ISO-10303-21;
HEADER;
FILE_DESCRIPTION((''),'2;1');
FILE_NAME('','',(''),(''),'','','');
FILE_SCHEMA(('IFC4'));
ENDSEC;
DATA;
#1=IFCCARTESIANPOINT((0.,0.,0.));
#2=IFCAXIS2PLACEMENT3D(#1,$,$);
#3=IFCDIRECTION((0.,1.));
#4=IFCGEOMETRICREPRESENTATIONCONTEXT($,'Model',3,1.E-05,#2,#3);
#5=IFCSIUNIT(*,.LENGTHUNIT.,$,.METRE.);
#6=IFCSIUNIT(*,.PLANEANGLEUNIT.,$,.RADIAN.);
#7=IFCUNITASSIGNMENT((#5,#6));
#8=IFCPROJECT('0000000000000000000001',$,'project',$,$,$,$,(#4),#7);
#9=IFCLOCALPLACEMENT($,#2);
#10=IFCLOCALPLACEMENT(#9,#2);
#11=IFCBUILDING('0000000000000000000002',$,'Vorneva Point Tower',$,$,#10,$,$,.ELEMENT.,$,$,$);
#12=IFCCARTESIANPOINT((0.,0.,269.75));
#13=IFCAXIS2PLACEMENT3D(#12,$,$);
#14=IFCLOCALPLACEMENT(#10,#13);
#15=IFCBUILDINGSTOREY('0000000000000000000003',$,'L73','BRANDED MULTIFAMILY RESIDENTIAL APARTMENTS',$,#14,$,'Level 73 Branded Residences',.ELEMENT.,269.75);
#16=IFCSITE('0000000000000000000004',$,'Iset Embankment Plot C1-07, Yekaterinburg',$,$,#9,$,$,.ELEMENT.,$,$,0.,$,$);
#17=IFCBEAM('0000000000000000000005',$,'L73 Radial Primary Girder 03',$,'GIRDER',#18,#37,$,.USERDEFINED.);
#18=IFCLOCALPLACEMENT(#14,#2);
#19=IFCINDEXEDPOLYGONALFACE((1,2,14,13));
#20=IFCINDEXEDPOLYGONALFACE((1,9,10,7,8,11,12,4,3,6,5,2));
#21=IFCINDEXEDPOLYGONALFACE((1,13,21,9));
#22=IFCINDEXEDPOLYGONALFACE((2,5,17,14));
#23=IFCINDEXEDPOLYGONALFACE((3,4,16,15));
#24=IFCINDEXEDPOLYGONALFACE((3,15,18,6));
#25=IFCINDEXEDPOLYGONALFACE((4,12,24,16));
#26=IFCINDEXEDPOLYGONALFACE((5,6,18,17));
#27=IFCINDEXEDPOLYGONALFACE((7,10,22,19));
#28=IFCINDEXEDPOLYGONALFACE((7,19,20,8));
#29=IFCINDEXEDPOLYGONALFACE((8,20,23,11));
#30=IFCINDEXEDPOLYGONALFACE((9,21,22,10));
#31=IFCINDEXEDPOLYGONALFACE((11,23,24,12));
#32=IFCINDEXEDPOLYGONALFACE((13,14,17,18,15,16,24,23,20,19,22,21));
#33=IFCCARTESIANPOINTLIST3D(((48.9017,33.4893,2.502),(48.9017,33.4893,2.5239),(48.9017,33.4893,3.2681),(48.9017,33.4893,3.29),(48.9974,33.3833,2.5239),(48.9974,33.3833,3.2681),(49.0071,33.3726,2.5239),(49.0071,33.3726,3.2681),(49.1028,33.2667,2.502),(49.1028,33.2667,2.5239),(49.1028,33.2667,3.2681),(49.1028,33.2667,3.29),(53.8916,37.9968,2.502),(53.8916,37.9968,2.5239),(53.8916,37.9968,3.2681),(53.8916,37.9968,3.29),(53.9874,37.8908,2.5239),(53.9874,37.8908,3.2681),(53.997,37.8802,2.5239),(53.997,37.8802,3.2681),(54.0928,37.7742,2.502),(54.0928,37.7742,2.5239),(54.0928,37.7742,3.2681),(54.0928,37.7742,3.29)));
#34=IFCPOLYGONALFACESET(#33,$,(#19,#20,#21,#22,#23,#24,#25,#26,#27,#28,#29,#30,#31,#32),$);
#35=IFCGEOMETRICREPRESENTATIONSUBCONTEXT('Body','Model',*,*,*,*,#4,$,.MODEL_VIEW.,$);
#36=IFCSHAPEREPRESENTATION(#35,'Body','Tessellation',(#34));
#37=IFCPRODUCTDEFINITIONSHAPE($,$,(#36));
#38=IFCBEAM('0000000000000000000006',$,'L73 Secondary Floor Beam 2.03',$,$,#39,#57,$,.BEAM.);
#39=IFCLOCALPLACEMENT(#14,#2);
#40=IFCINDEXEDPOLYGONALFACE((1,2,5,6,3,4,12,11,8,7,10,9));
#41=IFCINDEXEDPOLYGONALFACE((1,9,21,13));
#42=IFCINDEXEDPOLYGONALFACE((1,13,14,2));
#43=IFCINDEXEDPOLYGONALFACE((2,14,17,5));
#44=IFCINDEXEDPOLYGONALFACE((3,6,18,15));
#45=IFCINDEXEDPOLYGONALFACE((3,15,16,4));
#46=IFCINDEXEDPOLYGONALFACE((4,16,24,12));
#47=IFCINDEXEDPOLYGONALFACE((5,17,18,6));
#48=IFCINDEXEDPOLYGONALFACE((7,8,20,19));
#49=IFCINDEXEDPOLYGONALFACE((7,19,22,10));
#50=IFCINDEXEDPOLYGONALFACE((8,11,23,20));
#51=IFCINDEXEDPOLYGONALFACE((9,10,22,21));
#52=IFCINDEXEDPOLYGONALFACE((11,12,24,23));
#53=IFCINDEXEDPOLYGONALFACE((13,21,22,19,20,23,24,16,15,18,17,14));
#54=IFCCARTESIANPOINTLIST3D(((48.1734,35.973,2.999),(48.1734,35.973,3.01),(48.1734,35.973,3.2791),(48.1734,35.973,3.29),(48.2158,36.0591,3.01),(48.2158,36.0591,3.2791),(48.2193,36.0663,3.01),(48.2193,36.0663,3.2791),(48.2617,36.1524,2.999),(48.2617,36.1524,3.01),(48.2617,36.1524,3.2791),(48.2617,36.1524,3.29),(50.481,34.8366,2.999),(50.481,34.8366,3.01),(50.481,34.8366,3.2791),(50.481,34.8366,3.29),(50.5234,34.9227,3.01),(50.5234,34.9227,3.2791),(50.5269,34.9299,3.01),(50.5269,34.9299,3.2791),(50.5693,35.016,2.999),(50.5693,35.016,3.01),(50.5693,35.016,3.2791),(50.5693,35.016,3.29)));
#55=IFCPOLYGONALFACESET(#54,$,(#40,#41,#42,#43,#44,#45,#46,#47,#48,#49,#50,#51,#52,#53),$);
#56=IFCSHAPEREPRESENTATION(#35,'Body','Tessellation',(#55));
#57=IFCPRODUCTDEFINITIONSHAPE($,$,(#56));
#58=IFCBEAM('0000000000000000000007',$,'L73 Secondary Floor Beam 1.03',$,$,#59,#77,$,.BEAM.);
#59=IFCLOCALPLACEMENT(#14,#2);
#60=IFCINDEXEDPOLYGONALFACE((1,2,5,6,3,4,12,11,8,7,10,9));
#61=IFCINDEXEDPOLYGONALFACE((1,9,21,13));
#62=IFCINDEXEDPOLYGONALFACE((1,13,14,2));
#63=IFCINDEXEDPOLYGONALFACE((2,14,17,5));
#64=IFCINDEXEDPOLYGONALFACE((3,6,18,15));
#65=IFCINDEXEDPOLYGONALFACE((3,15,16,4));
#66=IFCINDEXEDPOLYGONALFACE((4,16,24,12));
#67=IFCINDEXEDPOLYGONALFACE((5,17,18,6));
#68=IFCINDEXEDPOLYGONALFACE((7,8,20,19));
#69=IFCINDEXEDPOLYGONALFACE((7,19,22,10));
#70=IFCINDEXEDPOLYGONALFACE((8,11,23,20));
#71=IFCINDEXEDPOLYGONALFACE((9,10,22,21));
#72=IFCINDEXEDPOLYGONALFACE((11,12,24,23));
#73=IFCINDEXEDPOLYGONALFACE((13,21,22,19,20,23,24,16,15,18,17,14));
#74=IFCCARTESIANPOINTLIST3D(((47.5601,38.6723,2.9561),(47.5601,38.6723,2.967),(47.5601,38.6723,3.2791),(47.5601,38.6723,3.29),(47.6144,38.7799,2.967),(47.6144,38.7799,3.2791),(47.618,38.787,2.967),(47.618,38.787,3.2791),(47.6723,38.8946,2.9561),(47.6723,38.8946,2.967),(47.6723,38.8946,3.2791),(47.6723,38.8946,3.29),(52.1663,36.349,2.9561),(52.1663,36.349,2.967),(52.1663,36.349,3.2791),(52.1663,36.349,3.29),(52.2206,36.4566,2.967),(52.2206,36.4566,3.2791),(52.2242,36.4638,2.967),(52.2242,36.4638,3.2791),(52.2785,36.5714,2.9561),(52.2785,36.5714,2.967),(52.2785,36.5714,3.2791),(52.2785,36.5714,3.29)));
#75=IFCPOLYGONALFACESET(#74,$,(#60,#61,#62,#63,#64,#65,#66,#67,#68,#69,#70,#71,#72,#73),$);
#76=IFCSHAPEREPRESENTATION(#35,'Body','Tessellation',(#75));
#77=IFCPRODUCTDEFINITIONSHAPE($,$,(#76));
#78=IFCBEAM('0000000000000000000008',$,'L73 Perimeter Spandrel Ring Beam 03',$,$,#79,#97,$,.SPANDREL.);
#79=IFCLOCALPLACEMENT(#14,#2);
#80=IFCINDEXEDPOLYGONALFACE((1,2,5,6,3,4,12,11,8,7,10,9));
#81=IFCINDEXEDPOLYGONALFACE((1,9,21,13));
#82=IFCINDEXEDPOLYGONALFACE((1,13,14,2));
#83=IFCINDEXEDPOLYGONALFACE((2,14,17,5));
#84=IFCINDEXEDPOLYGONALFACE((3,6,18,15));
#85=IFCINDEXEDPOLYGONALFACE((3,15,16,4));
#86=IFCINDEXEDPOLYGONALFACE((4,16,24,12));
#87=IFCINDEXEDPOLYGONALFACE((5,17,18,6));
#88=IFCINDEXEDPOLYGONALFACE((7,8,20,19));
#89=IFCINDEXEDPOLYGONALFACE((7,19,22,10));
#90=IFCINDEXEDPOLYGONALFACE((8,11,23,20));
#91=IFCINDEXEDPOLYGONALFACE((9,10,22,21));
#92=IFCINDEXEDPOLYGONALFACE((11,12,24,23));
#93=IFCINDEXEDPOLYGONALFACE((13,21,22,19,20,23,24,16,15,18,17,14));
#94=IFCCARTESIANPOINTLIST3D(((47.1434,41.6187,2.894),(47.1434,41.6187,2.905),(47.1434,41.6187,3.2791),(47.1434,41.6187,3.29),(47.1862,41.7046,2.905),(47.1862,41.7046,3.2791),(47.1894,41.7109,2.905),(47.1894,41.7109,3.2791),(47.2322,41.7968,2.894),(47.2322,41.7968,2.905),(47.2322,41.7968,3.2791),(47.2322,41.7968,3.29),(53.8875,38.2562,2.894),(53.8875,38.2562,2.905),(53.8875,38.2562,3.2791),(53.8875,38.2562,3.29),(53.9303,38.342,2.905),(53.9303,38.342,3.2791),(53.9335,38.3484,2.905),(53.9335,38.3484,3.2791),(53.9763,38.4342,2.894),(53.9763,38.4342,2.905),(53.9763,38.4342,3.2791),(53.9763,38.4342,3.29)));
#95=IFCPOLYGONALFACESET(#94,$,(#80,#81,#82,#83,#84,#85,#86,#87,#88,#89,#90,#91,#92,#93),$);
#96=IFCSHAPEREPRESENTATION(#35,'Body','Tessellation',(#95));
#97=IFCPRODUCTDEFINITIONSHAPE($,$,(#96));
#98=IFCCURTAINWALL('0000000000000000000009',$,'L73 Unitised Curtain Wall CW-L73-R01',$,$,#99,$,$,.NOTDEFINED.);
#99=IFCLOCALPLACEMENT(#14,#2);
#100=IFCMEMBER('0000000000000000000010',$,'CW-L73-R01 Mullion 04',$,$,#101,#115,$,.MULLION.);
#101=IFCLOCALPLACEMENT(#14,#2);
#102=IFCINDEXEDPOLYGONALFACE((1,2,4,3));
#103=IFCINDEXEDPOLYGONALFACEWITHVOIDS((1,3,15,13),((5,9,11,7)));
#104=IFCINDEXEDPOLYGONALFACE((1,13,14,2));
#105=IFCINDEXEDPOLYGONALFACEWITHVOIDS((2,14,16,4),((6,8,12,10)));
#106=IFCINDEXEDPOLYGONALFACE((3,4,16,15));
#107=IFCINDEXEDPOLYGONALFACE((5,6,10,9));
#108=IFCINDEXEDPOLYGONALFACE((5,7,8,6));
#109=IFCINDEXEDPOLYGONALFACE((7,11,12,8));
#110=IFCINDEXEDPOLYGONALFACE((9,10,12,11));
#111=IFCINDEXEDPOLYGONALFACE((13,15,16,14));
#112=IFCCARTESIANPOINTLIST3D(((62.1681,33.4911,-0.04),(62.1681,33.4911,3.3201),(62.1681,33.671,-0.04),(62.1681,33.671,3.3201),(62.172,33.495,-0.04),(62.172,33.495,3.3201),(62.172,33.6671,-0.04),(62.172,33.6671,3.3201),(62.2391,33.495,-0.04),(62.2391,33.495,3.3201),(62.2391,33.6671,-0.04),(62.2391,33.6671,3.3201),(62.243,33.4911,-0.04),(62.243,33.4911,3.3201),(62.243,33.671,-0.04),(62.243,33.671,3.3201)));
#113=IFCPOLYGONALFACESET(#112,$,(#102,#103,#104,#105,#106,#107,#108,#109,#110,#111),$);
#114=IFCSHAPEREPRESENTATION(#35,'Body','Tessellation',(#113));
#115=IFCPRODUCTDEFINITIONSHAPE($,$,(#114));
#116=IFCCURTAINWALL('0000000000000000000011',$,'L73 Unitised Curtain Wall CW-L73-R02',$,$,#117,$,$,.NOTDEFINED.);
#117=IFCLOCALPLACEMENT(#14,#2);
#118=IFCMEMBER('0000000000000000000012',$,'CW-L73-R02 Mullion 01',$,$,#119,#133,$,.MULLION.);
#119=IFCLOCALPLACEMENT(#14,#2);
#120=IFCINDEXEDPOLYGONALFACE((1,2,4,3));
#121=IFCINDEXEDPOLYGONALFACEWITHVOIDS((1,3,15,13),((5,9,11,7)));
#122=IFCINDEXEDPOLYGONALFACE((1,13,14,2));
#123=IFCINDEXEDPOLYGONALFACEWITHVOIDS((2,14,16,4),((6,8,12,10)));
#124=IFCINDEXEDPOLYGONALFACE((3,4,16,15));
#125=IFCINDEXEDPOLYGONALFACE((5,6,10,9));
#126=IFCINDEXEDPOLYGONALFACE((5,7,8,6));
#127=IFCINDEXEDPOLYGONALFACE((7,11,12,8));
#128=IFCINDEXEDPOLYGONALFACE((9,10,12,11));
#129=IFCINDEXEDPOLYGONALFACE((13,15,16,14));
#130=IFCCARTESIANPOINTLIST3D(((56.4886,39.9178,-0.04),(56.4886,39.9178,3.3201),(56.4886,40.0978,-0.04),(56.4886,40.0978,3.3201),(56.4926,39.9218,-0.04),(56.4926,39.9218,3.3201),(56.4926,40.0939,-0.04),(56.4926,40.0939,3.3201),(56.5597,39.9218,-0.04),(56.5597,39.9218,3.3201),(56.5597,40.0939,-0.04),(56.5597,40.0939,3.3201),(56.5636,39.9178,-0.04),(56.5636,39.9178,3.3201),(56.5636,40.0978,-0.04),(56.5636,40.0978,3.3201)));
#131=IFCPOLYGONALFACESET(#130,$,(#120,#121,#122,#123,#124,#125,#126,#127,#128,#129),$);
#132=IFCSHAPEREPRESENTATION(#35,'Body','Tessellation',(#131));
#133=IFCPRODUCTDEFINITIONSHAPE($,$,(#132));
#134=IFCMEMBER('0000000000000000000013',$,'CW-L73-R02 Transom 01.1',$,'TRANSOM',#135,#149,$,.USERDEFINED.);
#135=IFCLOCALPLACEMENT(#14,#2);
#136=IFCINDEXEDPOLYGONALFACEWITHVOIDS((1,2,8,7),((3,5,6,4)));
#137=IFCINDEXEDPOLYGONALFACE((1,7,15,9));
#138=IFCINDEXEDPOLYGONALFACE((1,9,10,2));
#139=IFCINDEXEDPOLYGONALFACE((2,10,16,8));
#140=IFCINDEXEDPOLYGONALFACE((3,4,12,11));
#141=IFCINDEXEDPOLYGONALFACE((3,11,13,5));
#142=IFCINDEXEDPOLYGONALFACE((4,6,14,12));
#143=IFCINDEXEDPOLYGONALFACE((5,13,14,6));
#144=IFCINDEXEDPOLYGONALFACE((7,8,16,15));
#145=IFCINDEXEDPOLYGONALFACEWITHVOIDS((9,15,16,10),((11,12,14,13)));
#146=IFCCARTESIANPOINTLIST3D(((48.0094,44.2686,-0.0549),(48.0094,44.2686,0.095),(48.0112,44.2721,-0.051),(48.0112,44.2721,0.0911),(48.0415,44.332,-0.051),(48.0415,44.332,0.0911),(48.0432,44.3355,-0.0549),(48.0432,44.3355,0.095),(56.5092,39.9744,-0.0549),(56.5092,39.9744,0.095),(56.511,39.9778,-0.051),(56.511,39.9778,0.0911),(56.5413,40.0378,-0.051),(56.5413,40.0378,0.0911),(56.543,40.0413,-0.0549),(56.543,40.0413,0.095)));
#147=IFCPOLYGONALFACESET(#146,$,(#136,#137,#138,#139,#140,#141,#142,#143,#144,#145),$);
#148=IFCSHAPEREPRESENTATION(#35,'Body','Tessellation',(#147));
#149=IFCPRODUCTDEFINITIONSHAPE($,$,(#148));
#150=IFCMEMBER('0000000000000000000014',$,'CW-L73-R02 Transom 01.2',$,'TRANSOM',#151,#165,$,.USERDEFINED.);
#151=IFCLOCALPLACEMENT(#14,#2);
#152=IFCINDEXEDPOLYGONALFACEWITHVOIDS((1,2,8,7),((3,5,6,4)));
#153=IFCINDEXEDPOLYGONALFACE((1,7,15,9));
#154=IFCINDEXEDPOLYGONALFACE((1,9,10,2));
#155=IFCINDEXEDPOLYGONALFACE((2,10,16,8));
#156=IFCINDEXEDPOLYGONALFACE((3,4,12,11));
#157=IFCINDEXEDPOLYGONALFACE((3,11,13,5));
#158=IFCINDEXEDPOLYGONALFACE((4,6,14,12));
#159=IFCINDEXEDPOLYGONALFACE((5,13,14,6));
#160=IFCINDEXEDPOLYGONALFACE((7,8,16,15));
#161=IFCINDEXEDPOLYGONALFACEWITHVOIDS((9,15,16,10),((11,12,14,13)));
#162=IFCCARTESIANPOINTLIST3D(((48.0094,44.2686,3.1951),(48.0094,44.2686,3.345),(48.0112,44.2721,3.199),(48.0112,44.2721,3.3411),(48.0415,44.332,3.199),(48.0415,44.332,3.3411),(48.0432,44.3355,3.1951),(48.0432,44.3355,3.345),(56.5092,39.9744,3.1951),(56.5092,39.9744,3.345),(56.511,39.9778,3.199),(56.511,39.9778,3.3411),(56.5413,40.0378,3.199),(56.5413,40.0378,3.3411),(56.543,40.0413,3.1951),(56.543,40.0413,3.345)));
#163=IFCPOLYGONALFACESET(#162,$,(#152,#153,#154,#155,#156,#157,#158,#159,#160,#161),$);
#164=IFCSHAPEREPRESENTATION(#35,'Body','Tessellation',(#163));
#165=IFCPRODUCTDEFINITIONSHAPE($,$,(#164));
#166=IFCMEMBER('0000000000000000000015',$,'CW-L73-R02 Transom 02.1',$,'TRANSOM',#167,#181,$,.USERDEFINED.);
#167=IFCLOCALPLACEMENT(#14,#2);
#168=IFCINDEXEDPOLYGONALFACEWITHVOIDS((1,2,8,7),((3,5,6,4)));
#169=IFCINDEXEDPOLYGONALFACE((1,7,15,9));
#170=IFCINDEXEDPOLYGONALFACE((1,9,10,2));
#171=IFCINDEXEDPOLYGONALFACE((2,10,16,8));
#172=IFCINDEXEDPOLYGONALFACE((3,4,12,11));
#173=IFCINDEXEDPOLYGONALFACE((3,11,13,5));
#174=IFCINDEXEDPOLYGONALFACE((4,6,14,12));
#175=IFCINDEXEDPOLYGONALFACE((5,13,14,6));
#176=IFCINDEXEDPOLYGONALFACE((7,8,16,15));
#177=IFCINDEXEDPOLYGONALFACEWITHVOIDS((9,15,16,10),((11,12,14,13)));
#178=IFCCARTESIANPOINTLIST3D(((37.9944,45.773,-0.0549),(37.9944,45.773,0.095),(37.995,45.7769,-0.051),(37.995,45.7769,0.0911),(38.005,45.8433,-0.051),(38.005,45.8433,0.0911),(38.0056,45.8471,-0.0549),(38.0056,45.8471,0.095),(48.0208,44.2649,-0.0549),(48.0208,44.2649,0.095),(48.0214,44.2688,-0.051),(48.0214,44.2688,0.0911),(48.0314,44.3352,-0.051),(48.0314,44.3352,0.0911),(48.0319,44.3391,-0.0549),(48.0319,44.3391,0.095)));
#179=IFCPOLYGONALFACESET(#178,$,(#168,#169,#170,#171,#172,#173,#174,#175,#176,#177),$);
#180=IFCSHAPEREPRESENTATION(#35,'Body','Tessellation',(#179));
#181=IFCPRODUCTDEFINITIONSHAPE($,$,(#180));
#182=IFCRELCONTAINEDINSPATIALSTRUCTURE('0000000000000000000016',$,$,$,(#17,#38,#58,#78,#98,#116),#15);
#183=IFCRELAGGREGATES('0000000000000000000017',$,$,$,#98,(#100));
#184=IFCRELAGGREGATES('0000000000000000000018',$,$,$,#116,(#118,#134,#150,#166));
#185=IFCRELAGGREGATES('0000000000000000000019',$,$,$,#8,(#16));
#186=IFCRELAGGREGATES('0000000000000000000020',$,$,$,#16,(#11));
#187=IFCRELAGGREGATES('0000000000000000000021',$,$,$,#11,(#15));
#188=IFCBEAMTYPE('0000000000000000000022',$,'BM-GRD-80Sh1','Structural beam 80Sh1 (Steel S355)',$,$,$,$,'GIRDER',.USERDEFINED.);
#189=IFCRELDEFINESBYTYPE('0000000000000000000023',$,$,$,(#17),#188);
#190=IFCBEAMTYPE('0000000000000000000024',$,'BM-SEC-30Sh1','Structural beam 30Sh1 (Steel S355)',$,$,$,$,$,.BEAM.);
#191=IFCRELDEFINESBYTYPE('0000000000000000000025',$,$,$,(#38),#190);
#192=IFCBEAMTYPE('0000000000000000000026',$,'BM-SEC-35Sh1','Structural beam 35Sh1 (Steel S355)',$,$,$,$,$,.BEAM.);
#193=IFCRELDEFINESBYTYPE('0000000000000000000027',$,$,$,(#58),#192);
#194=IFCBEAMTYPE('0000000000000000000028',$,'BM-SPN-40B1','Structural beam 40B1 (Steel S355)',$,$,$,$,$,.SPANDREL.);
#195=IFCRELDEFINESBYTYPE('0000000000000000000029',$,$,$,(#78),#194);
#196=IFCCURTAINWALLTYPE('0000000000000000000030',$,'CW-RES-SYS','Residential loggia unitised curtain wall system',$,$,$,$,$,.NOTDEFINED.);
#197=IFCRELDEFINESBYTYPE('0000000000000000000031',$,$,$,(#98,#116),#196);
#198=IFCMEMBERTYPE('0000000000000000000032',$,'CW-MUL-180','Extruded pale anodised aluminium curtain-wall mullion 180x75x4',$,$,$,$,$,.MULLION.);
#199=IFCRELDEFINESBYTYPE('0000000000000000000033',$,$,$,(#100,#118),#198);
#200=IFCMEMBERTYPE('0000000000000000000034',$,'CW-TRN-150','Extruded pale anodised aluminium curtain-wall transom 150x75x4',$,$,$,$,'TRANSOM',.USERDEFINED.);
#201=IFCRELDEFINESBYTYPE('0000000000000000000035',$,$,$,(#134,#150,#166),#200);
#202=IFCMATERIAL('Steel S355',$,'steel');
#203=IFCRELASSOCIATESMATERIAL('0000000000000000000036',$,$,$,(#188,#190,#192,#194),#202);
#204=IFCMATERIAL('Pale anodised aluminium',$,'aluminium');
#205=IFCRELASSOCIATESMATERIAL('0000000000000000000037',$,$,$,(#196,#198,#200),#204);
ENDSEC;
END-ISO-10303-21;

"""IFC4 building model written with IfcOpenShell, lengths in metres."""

from ifc_helpers import new_model, si_unit, direction, frame, origin, origin_2d, place, context, subcontext, project, spatial, hollow_rectangle, i_section, extrude, material, material_profile, profile_set, type_object, element, aggregate, save


model = new_model("IFC4")

# Units and contexts
model_context = context("Model", 3, precision=1e-05, world=origin(), true_north=direction((0.0, 1.0)))
body_context = subcontext(model_context, "Body", "Model", "MODEL_VIEW")
ifc_project = project(units=[si_unit("LENGTHUNIT", "METRE"), si_unit("PLANEANGLEUNIT", "RADIAN")], contexts=[model_context])

# Site, building, storey
site_placement = place(None, origin())
site = spatial("IfcSite", under=ifc_project, at=site_placement, Name="Iset Embankment Plot C1-07, Yekaterinburg", CompositionType="ELEMENT", RefElevation=0.0)
building_placement = place(site_placement, origin())
building = spatial("IfcBuilding", under=site, at=building_placement, Name="Vorneva Point Tower", CompositionType="ELEMENT")
storey_placement = place(building_placement, frame((0.0, 0.0, 269.75)))
storey = spatial("IfcBuildingStorey", under=building, at=storey_placement, Name="L73", Description="BRANDED MULTIFAMILY RESIDENTIAL APARTMENTS", LongName="Level 73 Branded Residences", CompositionType="ELEMENT", Elevation=269.75)

# Beams
ifc_material_1 = material(Name="Steel S355", Category="steel")
ifc_material_profile_1 = material_profile(ifc_material_1, i_section(OverallWidth=0.3, OverallDepth=0.7881, WebThickness=0.0144, FlangeThickness=0.022, at=origin_2d()), Name="80Sh1")
ifc_profile_set_1 = profile_set([ifc_material_profile_1], Name="Steel S355")
beam_type_1 = type_object("IfcBeamType", Name="BM-GRD-80Sh1", Description="Structural beam 80Sh1 (Steel S355)", ElementType="GIRDER", PredefinedType="USERDEFINED", material=ifc_profile_set_1)
beam_1_placement = place(storey_placement, frame((53.9922, 37.8855, 2.896), z_axis=(-0.742067, -0.670326, 0.0), x_axis=(0.670326, -0.742067, 0.0)))
element("IfcBeam", 1, at=beam_1_placement, inside=storey, type_object=beam_type_1, Name="L73 Radial Primary Girder 03", ObjectType="GIRDER", PredefinedType="USERDEFINED", context=body_context, shape_type="SweptSolid", body=[
    extrude(i_section(OverallWidth=0.3, OverallDepth=0.7881, WebThickness=0.0144, FlangeThickness=0.022, at=origin_2d()), origin(), (0.0, 0.0, 1.0), 6.7244),
])
ifc_material_profile_2 = material_profile(ifc_material_1, i_section(OverallWidth=0.2, OverallDepth=0.291, WebThickness=0.0081, FlangeThickness=0.011, at=origin_2d()), Name="30Sh1")
ifc_profile_set_2 = profile_set([ifc_material_profile_2], Name="Steel S355")
beam_type_2 = type_object("IfcBeamType", Name="BM-SEC-30Sh1", Description="Structural beam 30Sh1 (Steel S355)", PredefinedType="BEAM", material=ifc_profile_set_2)
beam_2_placement = place(storey_placement, frame((50.5251, 34.9263, 3.1445), z_axis=(-0.897106, 0.441814, 0.0), x_axis=(-0.441814, -0.897106, 0.0)))
element("IfcBeam", 2, at=beam_2_placement, inside=storey, type_object=beam_type_2, Name="L73 Secondary Floor Beam 2.03", PredefinedType="BEAM", context=body_context, shape_type="SweptSolid", body=[
    extrude(i_section(OverallWidth=0.2, OverallDepth=0.291, WebThickness=0.0081, FlangeThickness=0.011, at=origin_2d()), origin(), (0.0, 0.0, 1.0), 2.5723),
])
ifc_material_profile_3 = material_profile(ifc_material_1, i_section(OverallWidth=0.249, OverallDepth=0.334, WebThickness=0.0081, FlangeThickness=0.011, at=origin_2d()), Name="35Sh1")
ifc_profile_set_3 = profile_set([ifc_material_profile_3], Name="Steel S355")
beam_type_3 = type_object("IfcBeamType", Name="BM-SEC-35Sh1", Description="Structural beam 35Sh1 (Steel S355)", PredefinedType="BEAM", material=ifc_profile_set_3)
beam_3_placement = place(storey_placement, frame((52.2224, 36.4602, 3.123), z_axis=(-0.89286, 0.450334, 0.0), x_axis=(-0.450334, -0.89286, 0.0)))
element("IfcBeam", 3, at=beam_3_placement, inside=storey, type_object=beam_type_3, Name="L73 Secondary Floor Beam 1.03", PredefinedType="BEAM", context=body_context, shape_type="SweptSolid", body=[
    extrude(i_section(OverallWidth=0.249, OverallDepth=0.334, WebThickness=0.0081, FlangeThickness=0.011, at=origin_2d()), origin(), (0.0, 0.0, 1.0), 5.1589),
])
ifc_material_profile_4 = material_profile(ifc_material_1, i_section(OverallWidth=0.199, OverallDepth=0.396, WebThickness=0.0071, FlangeThickness=0.011, at=origin_2d()), Name="40B1")
ifc_profile_set_4 = profile_set([ifc_material_profile_4], Name="Steel S355")
beam_type_4 = type_object("IfcBeamType", Name="BM-SPN-40B1", Description="Structural beam 40B1 (Steel S355)", PredefinedType="SPANDREL", material=ifc_profile_set_4)
beam_4_placement = place(storey_placement, frame((53.9319, 38.3452, 3.092), z_axis=(-0.894932, 0.446203, 0.0), x_axis=(-0.446203, -0.894932, 0.0)))
element("IfcBeam", 4, at=beam_4_placement, inside=storey, type_object=beam_type_4, Name="L73 Perimeter Spandrel Ring Beam 03", PredefinedType="SPANDREL", context=body_context, shape_type="SweptSolid", body=[
    extrude(i_section(OverallWidth=0.199, OverallDepth=0.396, WebThickness=0.0071, FlangeThickness=0.011, at=origin_2d()), origin(), (0.0, 0.0, 1.0), 7.5359),
])

# Curtain wall, member
ifc_material_2 = material(Name="Pale anodised aluminium", Category="aluminium")
curtain_wall_type = type_object("IfcCurtainWallType", Name="CW-RES-SYS", Description="Residential loggia unitised curtain wall system", PredefinedType="NOTDEFINED", material=ifc_material_2)
curtain_wall_1_placement = place(storey_placement, origin())
curtain_wall_1 = element("IfcCurtainWall", 5, at=curtain_wall_1_placement, inside=storey, type_object=curtain_wall_type, Name="L73 Unitised Curtain Wall CW-L73-R01", PredefinedType="NOTDEFINED")
ifc_material_profile_5 = material_profile(ifc_material_2, hollow_rectangle(XDim=0.075, YDim=0.1799, WallThickness=0.0039, at=origin_2d()), Name="AL-MUL 180x75x4")
ifc_profile_set_5 = profile_set([ifc_material_profile_5], Name="Pale anodised aluminium")
member_type_1 = type_object("IfcMemberType", Name="CW-MUL-180", Description="Extruded pale anodised aluminium curtain-wall mullion 180x75x4", PredefinedType="MULLION", material=ifc_profile_set_5)
member_1_placement = place(storey_placement, frame((62.2056, 33.5811, -0.04), z_axis=(0.0, 0.0, 1.0), x_axis=(1.0, 0.0, 0.0)))
member_1 = element("IfcMember", 6, at=member_1_placement, type_object=member_type_1, Name="CW-L73-R01 Mullion 04", PredefinedType="MULLION", context=body_context, shape_type="SweptSolid", body=[
    extrude(hollow_rectangle(XDim=0.075, YDim=0.1799, WallThickness=0.0039, at=origin_2d()), origin(), (0.0, 0.0, 1.0), 3.3601),
])
aggregate(curtain_wall_1, [member_1])

# Curtain wall, members
curtain_wall_2_placement = place(storey_placement, origin())
curtain_wall_2 = element("IfcCurtainWall", 7, at=curtain_wall_2_placement, inside=storey, type_object=curtain_wall_type, Name="L73 Unitised Curtain Wall CW-L73-R02", PredefinedType="NOTDEFINED")
member_2_placement = place(storey_placement, frame((56.5261, 40.0078, -0.04), z_axis=(0.0, 0.0, 1.0), x_axis=(1.0, 0.0, 0.0)))
member_2 = element("IfcMember", 8, at=member_2_placement, type_object=member_type_1, Name="CW-L73-R02 Mullion 01", PredefinedType="MULLION", context=body_context, shape_type="SweptSolid", body=[
    extrude(hollow_rectangle(XDim=0.075, YDim=0.1799, WallThickness=0.0039, at=origin_2d()), origin(), (0.0, 0.0, 1.0), 3.3601),
])
ifc_material_profile_6 = material_profile(ifc_material_2, hollow_rectangle(XDim=0.075, YDim=0.1499, WallThickness=0.0039, at=origin_2d()), Name="AL-TRN 150x75x4")
ifc_profile_set_6 = profile_set([ifc_material_profile_6], Name="Pale anodised aluminium")
member_type_2 = type_object("IfcMemberType", Name="CW-TRN-150", Description="Extruded pale anodised aluminium curtain-wall transom 150x75x4", ElementType="TRANSOM", PredefinedType="USERDEFINED", material=ifc_profile_set_6)
member_3_placement = place(storey_placement, frame((56.5261, 40.0078, 0.02), z_axis=(-0.892558, 0.450932, 0.0), x_axis=(-0.450932, -0.892558, 0.0)))
member_3 = element("IfcMember", 9, at=member_3_placement, type_object=member_type_2, Name="CW-L73-R02 Transom 01.1", ObjectType="TRANSOM", PredefinedType="USERDEFINED", context=body_context, shape_type="SweptSolid", body=[
    extrude(hollow_rectangle(XDim=0.075, YDim=0.1499, WallThickness=0.0039, at=origin_2d()), origin(), (0.0, 0.0, 1.0), 9.5229),
])
member_4_placement = place(storey_placement, frame((56.5261, 40.0078, 3.27), z_axis=(-0.892558, 0.450932, 0.0), x_axis=(-0.450932, -0.892558, 0.0)))
member_4 = element("IfcMember", 10, at=member_4_placement, type_object=member_type_2, Name="CW-L73-R02 Transom 01.2", ObjectType="TRANSOM", PredefinedType="USERDEFINED", context=body_context, shape_type="SweptSolid", body=[
    extrude(hollow_rectangle(XDim=0.075, YDim=0.1499, WallThickness=0.0039, at=origin_2d()), origin(), (0.0, 0.0, 1.0), 9.5229),
])
member_5_placement = place(storey_placement, frame((48.0264, 44.302, 0.02), z_axis=(-0.988877, 0.148736, 0.0), x_axis=(-0.148736, -0.988877, 0.0)))
member_5 = element("IfcMember", 11, at=member_5_placement, type_object=member_type_2, Name="CW-L73-R02 Transom 02.1", ObjectType="TRANSOM", PredefinedType="USERDEFINED", context=body_context, shape_type="SweptSolid", body=[
    extrude(hollow_rectangle(XDim=0.075, YDim=0.1499, WallThickness=0.0039, at=origin_2d()), origin(), (0.0, 0.0, 1.0), 10.1392),
])
aggregate(curtain_wall_2, [member_2, member_3, member_4, member_5])

save(model, "model.ifc")
